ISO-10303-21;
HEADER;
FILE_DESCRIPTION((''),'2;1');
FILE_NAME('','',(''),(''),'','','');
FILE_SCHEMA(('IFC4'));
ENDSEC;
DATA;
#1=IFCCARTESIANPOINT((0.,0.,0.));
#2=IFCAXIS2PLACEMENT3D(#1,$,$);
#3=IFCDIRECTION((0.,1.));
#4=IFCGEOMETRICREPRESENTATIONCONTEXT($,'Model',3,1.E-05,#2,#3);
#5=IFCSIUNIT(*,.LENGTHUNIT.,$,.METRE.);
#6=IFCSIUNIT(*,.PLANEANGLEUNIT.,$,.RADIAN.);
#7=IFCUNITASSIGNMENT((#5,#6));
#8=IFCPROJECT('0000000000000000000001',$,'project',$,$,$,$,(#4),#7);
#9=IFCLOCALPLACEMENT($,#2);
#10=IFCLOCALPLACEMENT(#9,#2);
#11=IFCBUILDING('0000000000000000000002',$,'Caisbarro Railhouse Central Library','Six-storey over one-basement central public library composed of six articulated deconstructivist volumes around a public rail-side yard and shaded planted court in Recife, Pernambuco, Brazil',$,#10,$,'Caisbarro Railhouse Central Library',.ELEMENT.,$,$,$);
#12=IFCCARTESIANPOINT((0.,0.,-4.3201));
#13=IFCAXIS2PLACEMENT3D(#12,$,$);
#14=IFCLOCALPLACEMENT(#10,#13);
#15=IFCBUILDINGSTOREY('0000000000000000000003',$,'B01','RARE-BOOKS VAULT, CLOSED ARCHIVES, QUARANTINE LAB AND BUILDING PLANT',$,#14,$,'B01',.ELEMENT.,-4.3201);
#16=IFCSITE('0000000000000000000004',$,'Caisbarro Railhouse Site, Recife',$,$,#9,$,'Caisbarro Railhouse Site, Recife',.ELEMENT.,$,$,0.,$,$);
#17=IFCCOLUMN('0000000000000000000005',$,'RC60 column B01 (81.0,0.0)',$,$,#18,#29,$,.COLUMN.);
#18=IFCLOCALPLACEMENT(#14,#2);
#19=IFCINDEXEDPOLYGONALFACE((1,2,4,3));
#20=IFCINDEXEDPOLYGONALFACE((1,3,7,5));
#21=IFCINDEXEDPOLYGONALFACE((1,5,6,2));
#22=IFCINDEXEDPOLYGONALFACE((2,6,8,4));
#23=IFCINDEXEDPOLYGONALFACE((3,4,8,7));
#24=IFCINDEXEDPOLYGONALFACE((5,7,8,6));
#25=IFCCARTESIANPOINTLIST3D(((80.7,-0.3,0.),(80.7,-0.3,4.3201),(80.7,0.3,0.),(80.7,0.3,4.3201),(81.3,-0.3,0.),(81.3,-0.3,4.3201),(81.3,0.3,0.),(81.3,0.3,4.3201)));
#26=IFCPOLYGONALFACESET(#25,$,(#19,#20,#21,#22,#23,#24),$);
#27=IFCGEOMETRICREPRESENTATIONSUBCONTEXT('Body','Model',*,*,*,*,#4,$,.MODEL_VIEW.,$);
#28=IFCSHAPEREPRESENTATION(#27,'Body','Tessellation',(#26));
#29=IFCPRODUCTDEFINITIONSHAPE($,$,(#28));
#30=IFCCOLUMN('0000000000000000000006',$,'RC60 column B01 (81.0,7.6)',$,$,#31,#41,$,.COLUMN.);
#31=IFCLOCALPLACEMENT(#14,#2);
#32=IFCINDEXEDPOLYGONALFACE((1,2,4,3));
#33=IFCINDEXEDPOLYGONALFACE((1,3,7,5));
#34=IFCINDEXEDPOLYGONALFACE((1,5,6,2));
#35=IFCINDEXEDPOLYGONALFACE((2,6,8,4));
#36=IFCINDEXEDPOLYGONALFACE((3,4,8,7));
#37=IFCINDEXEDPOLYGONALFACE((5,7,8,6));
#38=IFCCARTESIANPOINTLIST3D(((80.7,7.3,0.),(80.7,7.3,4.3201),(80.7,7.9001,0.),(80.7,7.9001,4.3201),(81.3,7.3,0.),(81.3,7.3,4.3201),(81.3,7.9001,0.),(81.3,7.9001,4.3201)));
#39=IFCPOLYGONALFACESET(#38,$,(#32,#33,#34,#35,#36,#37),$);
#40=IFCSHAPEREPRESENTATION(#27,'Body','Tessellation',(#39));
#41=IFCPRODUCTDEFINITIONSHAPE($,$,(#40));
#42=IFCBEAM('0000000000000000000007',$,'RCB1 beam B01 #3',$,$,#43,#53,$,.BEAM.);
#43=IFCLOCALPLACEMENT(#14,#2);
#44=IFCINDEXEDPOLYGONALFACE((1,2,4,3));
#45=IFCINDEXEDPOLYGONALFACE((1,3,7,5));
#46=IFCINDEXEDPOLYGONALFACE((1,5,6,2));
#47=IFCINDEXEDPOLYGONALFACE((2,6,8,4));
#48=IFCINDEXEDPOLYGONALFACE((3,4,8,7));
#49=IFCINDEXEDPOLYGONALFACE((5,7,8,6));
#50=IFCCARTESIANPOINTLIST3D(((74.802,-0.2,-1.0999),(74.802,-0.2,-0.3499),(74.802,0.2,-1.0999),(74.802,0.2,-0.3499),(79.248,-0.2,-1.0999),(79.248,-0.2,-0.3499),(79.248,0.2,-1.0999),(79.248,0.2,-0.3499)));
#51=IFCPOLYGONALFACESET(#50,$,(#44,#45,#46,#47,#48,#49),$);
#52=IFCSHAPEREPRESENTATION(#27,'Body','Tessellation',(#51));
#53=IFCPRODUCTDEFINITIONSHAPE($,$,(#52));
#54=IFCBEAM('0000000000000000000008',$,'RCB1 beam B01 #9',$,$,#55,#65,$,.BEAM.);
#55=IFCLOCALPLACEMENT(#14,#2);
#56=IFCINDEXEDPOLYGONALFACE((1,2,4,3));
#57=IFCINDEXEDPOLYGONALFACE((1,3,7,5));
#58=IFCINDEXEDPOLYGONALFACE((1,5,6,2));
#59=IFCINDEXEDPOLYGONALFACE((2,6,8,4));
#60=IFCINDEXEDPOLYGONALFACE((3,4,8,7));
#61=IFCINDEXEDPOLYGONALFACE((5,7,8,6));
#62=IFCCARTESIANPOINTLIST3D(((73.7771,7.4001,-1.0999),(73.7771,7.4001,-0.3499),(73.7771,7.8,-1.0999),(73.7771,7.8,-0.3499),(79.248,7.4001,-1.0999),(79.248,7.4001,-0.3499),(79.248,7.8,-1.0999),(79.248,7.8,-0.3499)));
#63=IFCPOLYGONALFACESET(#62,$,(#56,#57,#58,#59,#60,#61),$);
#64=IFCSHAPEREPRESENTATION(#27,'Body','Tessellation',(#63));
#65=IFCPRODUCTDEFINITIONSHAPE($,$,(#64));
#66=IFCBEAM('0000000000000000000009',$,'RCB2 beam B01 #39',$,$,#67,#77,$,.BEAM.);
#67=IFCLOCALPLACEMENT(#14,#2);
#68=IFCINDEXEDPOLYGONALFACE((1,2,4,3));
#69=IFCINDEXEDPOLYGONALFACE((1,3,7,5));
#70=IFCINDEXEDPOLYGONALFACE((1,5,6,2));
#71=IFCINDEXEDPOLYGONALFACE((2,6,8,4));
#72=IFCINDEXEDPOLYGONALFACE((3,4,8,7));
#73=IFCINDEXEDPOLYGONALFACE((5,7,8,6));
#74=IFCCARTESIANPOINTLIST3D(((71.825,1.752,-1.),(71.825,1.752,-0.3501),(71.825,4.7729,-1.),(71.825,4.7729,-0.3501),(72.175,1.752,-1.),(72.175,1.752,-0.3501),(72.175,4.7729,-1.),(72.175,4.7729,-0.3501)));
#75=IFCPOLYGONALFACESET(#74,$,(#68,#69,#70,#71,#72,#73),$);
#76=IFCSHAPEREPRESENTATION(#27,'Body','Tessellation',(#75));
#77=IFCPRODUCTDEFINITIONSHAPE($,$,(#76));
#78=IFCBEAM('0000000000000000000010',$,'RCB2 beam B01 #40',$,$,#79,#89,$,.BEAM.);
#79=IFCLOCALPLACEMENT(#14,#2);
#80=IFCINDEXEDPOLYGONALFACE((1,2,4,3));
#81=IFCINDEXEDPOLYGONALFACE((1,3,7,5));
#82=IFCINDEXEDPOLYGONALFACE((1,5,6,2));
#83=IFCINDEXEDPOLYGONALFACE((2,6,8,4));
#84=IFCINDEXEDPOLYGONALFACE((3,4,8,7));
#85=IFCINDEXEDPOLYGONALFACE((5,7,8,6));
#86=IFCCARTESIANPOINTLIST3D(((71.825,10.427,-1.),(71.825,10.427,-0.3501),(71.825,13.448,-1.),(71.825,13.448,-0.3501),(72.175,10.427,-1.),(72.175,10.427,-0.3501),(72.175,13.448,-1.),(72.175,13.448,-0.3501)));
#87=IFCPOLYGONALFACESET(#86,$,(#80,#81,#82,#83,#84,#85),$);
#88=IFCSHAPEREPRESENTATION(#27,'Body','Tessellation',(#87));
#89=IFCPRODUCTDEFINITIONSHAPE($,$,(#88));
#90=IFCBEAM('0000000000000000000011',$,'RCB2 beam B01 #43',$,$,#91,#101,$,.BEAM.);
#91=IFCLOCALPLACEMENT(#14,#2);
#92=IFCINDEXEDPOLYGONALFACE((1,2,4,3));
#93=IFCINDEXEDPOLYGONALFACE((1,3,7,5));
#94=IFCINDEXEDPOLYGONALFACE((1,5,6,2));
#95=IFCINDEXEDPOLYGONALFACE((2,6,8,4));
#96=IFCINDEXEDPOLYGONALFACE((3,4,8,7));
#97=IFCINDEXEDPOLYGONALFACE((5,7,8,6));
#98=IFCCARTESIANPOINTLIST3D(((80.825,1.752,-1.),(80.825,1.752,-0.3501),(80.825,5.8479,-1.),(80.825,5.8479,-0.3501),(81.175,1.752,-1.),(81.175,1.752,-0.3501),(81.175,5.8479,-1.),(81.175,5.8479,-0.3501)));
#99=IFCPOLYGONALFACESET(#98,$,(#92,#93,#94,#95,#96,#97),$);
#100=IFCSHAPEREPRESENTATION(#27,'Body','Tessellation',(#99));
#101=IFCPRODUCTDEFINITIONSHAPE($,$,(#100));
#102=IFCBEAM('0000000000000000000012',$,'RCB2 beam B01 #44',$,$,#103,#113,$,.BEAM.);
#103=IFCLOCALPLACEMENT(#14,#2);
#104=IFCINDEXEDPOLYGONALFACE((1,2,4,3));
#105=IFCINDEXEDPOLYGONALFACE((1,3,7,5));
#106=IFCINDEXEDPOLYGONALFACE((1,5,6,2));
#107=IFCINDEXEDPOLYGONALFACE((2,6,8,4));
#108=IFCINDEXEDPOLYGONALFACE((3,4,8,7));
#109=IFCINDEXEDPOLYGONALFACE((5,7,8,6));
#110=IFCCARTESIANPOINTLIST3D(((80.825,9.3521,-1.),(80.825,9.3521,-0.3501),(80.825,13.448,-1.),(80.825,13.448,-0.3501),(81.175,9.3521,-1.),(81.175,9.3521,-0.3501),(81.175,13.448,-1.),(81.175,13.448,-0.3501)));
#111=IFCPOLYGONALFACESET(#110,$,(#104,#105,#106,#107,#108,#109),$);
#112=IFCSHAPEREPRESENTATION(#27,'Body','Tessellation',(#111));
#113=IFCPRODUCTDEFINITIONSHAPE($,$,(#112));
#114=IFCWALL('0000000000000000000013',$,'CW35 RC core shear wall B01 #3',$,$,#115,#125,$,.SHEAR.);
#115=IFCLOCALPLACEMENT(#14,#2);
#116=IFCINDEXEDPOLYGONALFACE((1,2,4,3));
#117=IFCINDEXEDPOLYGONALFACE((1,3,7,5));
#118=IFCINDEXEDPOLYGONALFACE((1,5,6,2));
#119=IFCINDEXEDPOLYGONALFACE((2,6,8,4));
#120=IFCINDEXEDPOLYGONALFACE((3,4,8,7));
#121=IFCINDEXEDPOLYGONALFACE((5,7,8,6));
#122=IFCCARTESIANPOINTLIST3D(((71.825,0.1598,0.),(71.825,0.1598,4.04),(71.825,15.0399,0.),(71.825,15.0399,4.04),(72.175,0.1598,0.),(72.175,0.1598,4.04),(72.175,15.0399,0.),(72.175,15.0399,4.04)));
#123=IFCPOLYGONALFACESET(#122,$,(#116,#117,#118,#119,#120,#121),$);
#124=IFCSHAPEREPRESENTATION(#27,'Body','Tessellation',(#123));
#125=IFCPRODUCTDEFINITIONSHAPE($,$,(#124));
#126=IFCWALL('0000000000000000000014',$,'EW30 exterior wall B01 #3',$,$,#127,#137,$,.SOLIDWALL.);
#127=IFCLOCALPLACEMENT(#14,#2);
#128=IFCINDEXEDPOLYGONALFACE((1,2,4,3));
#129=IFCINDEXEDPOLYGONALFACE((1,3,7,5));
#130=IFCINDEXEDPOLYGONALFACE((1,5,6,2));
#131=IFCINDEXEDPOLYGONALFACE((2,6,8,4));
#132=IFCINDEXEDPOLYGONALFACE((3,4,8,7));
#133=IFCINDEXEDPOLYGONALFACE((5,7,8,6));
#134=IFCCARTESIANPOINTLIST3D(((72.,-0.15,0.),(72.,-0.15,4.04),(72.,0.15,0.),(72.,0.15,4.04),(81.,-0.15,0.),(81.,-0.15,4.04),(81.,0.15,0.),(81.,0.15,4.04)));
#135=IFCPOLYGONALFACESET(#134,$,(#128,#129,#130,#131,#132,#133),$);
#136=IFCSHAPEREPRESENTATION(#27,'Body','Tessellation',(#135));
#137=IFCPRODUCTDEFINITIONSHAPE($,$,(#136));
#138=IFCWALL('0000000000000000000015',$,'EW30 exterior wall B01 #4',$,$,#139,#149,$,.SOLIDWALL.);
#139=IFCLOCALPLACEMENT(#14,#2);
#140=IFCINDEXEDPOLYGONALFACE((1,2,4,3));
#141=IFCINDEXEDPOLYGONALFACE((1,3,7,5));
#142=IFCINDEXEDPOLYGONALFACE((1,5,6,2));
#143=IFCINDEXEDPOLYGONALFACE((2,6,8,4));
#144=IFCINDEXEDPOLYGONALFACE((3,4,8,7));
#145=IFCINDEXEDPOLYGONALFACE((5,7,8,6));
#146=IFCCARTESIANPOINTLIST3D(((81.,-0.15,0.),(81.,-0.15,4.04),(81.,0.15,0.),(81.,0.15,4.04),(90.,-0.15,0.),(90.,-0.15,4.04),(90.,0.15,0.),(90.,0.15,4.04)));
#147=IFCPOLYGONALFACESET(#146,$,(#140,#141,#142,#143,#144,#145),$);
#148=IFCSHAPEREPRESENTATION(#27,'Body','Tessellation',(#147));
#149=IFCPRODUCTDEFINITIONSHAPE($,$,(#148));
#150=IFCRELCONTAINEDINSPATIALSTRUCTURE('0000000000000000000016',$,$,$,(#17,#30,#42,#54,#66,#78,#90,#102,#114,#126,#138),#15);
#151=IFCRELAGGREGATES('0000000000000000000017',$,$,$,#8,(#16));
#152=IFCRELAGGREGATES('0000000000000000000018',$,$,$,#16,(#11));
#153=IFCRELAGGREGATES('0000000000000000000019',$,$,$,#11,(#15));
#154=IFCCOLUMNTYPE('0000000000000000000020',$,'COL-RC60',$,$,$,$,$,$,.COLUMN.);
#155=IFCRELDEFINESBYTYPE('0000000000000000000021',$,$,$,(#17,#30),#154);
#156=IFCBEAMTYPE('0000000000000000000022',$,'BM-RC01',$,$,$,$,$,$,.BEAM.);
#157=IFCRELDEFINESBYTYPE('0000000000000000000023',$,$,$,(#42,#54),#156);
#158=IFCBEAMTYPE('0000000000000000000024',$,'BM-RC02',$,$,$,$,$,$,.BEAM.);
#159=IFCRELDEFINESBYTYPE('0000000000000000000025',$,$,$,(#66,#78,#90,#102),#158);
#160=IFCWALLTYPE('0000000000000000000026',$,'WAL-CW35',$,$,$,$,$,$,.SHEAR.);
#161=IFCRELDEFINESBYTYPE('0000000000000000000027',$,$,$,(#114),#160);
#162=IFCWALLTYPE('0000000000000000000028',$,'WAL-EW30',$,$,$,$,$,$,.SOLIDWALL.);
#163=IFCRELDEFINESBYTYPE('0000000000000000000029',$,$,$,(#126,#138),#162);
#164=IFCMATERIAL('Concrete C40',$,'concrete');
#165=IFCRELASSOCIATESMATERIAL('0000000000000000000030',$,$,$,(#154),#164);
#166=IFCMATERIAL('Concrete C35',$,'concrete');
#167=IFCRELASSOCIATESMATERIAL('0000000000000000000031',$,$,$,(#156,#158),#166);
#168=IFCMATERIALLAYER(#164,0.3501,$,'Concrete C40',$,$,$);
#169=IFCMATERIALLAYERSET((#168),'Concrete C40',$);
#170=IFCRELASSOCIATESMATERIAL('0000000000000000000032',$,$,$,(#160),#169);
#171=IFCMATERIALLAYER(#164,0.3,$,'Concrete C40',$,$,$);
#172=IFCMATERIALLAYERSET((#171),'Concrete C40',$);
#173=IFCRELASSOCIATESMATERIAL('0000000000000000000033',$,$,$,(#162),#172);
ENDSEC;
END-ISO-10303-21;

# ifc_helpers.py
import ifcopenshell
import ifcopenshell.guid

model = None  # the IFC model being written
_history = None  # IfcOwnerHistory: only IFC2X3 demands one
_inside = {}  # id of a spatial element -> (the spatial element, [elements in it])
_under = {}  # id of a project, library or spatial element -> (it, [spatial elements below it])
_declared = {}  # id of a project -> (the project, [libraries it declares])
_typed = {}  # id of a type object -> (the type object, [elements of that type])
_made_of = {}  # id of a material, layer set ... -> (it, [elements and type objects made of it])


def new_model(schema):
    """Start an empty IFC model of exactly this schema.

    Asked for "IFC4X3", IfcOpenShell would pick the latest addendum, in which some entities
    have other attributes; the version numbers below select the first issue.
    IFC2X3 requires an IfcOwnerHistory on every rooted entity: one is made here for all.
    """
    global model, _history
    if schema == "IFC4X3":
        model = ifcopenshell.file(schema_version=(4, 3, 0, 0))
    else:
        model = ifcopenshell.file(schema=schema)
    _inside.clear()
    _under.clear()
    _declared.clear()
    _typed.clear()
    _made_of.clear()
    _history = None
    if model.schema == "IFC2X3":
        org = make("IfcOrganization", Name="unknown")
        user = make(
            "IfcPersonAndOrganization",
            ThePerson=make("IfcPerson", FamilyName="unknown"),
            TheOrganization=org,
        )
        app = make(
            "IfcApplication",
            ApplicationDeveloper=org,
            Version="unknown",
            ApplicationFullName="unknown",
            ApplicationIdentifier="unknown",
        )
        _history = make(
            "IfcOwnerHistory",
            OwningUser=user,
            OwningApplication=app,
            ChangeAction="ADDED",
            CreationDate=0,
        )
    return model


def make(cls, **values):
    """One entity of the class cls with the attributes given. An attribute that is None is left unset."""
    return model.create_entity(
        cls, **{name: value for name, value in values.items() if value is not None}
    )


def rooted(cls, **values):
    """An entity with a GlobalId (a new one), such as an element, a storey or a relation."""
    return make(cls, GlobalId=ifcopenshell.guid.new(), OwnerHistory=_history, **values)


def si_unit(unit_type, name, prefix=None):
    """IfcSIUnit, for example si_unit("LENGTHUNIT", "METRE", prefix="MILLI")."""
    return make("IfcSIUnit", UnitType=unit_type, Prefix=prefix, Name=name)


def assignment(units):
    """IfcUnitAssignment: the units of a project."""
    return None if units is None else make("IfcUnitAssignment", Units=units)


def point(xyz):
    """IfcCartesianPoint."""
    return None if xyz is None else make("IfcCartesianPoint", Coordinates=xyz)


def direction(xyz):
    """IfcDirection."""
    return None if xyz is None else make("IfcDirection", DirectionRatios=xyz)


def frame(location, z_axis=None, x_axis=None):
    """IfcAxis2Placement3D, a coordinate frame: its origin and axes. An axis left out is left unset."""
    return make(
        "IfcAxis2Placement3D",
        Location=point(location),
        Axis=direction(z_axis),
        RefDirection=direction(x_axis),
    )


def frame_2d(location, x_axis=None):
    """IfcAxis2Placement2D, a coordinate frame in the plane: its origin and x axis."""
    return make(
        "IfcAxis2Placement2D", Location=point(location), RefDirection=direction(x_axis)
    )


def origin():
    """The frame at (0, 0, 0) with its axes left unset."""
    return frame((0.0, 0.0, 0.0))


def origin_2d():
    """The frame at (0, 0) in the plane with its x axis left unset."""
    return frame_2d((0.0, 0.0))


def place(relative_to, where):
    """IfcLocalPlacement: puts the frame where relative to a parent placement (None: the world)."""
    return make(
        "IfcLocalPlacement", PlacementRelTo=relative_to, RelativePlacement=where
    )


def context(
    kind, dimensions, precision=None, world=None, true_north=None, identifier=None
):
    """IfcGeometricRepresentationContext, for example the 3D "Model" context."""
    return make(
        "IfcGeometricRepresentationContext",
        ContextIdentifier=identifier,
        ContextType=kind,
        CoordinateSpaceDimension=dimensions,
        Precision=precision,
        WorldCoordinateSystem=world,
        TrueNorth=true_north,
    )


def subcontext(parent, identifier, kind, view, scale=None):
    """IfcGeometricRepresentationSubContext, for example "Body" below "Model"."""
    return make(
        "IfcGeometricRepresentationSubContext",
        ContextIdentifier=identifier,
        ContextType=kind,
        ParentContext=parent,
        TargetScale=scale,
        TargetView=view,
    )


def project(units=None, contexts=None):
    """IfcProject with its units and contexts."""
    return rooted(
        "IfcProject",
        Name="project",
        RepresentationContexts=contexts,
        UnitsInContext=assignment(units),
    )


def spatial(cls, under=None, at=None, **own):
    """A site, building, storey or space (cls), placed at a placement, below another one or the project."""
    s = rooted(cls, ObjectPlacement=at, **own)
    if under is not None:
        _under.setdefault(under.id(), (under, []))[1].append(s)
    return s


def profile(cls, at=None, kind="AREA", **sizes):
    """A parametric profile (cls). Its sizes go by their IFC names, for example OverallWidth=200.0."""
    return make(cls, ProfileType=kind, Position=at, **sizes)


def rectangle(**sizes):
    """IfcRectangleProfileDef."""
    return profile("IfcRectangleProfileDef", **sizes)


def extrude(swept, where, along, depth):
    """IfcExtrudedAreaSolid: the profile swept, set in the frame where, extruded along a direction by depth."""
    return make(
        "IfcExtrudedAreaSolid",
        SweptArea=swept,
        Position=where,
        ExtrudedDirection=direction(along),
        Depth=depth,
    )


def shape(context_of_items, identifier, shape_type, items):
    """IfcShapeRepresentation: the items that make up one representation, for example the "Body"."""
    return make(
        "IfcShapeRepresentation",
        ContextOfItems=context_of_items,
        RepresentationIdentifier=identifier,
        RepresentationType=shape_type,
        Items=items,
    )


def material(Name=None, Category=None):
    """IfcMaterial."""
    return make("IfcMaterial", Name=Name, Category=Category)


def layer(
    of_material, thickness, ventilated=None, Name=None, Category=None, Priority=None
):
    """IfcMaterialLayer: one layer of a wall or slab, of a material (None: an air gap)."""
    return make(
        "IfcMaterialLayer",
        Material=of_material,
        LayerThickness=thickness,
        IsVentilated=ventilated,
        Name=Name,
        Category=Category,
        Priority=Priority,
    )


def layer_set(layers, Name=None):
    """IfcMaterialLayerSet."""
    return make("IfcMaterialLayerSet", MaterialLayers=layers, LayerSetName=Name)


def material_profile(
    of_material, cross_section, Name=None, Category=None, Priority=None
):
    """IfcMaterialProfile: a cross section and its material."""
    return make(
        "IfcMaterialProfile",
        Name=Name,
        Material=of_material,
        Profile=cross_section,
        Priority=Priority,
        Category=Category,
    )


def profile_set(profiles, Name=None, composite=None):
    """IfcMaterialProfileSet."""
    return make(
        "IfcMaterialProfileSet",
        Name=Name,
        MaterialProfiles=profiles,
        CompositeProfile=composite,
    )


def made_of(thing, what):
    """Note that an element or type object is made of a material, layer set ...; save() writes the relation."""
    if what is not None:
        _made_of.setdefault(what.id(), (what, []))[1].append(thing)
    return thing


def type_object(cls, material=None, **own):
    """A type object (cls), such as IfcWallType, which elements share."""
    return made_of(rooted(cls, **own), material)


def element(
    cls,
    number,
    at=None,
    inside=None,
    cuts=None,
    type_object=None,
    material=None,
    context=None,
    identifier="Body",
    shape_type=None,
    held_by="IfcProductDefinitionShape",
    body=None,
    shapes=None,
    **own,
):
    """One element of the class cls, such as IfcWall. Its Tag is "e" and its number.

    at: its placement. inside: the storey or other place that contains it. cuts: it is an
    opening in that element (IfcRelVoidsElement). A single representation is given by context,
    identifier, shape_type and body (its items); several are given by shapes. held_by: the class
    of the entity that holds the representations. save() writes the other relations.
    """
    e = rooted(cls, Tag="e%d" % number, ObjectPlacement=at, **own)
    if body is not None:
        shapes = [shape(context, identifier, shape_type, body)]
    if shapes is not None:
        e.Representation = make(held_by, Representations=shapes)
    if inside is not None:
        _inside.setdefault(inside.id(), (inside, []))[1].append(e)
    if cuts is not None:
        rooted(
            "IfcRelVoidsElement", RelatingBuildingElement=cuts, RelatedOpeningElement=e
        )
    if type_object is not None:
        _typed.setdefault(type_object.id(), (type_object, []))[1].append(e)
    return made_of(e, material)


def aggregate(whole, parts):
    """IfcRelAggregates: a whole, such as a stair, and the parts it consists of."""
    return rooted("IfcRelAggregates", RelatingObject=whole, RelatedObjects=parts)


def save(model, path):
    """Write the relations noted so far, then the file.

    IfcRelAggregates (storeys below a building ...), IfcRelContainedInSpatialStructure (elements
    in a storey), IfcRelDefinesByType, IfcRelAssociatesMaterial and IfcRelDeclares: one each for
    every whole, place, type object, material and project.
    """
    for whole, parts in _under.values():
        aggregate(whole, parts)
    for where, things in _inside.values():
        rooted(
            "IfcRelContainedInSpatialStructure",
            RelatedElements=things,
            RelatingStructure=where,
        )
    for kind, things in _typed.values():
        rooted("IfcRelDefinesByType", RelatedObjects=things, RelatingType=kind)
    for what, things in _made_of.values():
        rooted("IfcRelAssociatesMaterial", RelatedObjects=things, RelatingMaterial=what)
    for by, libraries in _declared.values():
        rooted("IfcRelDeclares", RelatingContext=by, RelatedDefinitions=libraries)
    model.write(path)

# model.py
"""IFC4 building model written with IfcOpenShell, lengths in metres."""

from ifc_helpers import new_model, si_unit, direction, frame, frame_2d, origin, origin_2d, place, context, subcontext, project, spatial, rectangle, extrude, material, layer, layer_set, material_profile, profile_set, type_object, element, save


model = new_model("IFC4")

# Units and contexts
model_context = context("Model", 3, precision=1e-05, world=origin(), true_north=direction((0.0, 1.0)))
body_context = subcontext(model_context, "Body", "Model", "MODEL_VIEW")
ifc_project = project(units=[si_unit("LENGTHUNIT", "METRE"), si_unit("PLANEANGLEUNIT", "RADIAN")], contexts=[model_context])

# Site, building, storey
site_placement = place(None, origin())
site = spatial("IfcSite", under=ifc_project, at=site_placement, Name="Caisbarro Railhouse Site, Recife", LongName="Caisbarro Railhouse Site, Recife", CompositionType="ELEMENT", RefElevation=0.0)
building_placement = place(site_placement, origin())
building = spatial("IfcBuilding", under=site, at=building_placement, Name="Caisbarro Railhouse Central Library", Description="Six-storey over one-basement central public library composed of six articulated deconstructivist volumes around a public rail-side yard and shaded planted court in Recife, Pernambuco, Brazil", LongName="Caisbarro Railhouse Central Library", CompositionType="ELEMENT")
storey_placement = place(building_placement, frame((0.0, 0.0, -4.3201)))
storey = spatial("IfcBuildingStorey", under=building, at=storey_placement, Name="B01", Description="RARE-BOOKS VAULT, CLOSED ARCHIVES, QUARANTINE LAB AND BUILDING PLANT", LongName="B01", CompositionType="ELEMENT", Elevation=-4.3201)

# Shared definitions
ifc_material_1 = material(Name="Concrete C40", Category="concrete")

# Shared definitions
ifc_material_2 = material(Name="Concrete C35", Category="concrete")

# Columns
ifc_material_profile_1 = material_profile(ifc_material_1, rectangle(XDim=0.6001, YDim=0.6001, at=origin_2d()), Name="RC-COL-600X600")
ifc_profile_set_1 = profile_set([ifc_material_profile_1], Name="Concrete C40")
column_type = type_object("IfcColumnType", Name="COL-RC60", PredefinedType="COLUMN", material=ifc_profile_set_1)
for number, where, z_axis, x_axis, name in (
    (1, (81.0, 0.0, 0.0), (0.0, 0.0, 1.0), (1.0, 0.0, 0.0), "RC60 column B01 (81.0,0.0)"),
    (2, (81.0, 7.6001, 0.0), (0.0, 0.0, 1.0), (1.0, 0.0, 0.0), "RC60 column B01 (81.0,7.6)"),
):
    element("IfcColumn", number, at=place(storey_placement, frame(where, z_axis=z_axis, x_axis=x_axis)), inside=storey, type_object=column_type, Name=name, PredefinedType="COLUMN", context=body_context, shape_type="SweptSolid", body=[
        extrude(rectangle(XDim=0.6001, YDim=0.6001, at=origin_2d()), origin(), (0.0, 0.0, 1.0), 4.3201),
    ])

# Beams
ifc_material_profile_2 = material_profile(ifc_material_2, rectangle(XDim=0.3999, YDim=0.75, at=origin_2d()), Name="RC-BM-400X750")
ifc_profile_set_2 = profile_set([ifc_material_profile_2], Name="Concrete C35")
beam_type_1 = type_object("IfcBeamType", Name="BM-RC01", PredefinedType="BEAM", material=ifc_profile_set_2)
beam_1_placement = place(storey_placement, frame((74.802, 0.0, -0.7249), z_axis=(1.0, 0.0, 0.0), x_axis=(0.0, 1.0, 0.0)))
element("IfcBeam", 3, at=beam_1_placement, inside=storey, type_object=beam_type_1, Name="RCB1 beam B01 #3", PredefinedType="BEAM", context=body_context, shape_type="SweptSolid", body=[
    extrude(rectangle(XDim=0.3999, YDim=0.75, at=origin_2d()), origin(), (0.0, 0.0, 1.0), 4.446),
])
beam_2_placement = place(storey_placement, frame((73.7771, 7.6001, -0.7249), z_axis=(1.0, 0.0, 0.0), x_axis=(0.0, 1.0, 0.0)))
element("IfcBeam", 4, at=beam_2_placement, inside=storey, type_object=beam_type_1, Name="RCB1 beam B01 #9", PredefinedType="BEAM", context=body_context, shape_type="SweptSolid", body=[
    extrude(rectangle(XDim=0.3999, YDim=0.75, at=origin_2d()), origin(), (0.0, 0.0, 1.0), 5.4709),
])
ifc_material_profile_3 = material_profile(ifc_material_2, rectangle(XDim=0.3501, YDim=0.6499, at=origin_2d()), Name="RC-BM-350X650")
ifc_profile_set_3 = profile_set([ifc_material_profile_3], Name="Concrete C35")
beam_type_2 = type_object("IfcBeamType", Name="BM-RC02", PredefinedType="BEAM", material=ifc_profile_set_3)
for number, where, z_axis, x_axis, name in (
    (5, (72.0, 1.752, -0.675), (0.0, 1.0, 0.0), (-1.0, 0.0, 0.0), "RCB2 beam B01 #39"),
    (6, (72.0, 10.427, -0.675), (0.0, 1.0, 0.0), (-1.0, 0.0, 0.0), "RCB2 beam B01 #40"),
):
    element("IfcBeam", number, at=place(storey_placement, frame(where, z_axis=z_axis, x_axis=x_axis)), inside=storey, type_object=beam_type_2, Name=name, PredefinedType="BEAM", context=body_context, shape_type="SweptSolid", body=[
        extrude(rectangle(XDim=0.3501, YDim=0.6499, at=origin_2d()), origin(), (0.0, 0.0, 1.0), 3.021),
    ])
for number, where, z_axis, x_axis, name in (
    (7, (81.0, 1.752, -0.675), (0.0, 1.0, 0.0), (-1.0, 0.0, 0.0), "RCB2 beam B01 #43"),
    (8, (81.0, 9.3521, -0.675), (0.0, 1.0, 0.0), (-1.0, 0.0, 0.0), "RCB2 beam B01 #44"),
):
    element("IfcBeam", number, at=place(storey_placement, frame(where, z_axis=z_axis, x_axis=x_axis)), inside=storey, type_object=beam_type_2, Name=name, PredefinedType="BEAM", context=body_context, shape_type="SweptSolid", body=[
        extrude(rectangle(XDim=0.3501, YDim=0.6499, at=origin_2d()), origin(), (0.0, 0.0, 1.0), 4.0959),
    ])

# Walls
ifc_layer_1 = layer(ifc_material_1, 0.3501, Name="Concrete C40")
ifc_layer_set_1 = layer_set([ifc_layer_1], Name="Concrete C40")
wall_type_1 = type_object("IfcWallType", Name="WAL-CW35", PredefinedType="SHEAR", material=ifc_layer_set_1)
wall_placement = place(storey_placement, frame((72.0, 0.1599, 0.0), z_axis=(0.0, 0.0, 1.0), x_axis=(0.0, 1.0, 0.0)))
element("IfcWall", 9, at=wall_placement, inside=storey, type_object=wall_type_1, Name="CW35 RC core shear wall B01 #3", PredefinedType="SHEAR", context=body_context, shape_type="SweptSolid", body=[
    extrude(rectangle(XDim=14.8801, YDim=0.3501, at=frame_2d((7.4399, 0.0))), origin(), (0.0, 0.0, 1.0), 4.04),
])
ifc_layer_2 = layer(ifc_material_1, 0.3, Name="Concrete C40")
ifc_layer_set_2 = layer_set([ifc_layer_2], Name="Concrete C40")
wall_type_2 = type_object("IfcWallType", Name="WAL-EW30", PredefinedType="SOLIDWALL", material=ifc_layer_set_2)
for number, where, z_axis, x_axis, name in (
    (10, (72.0, 0.0, 0.0), (0.0, 0.0, 1.0), (1.0, 0.0, 0.0), "EW30 exterior wall B01 #3"),
    (11, (81.0, 0.0, 0.0), (0.0, 0.0, 1.0), (1.0, 0.0, 0.0), "EW30 exterior wall B01 #4"),
):
    element("IfcWall", number, at=place(storey_placement, frame(where, z_axis=z_axis, x_axis=x_axis)), inside=storey, type_object=wall_type_2, Name=name, PredefinedType="SOLIDWALL", context=body_context, shape_type="SweptSolid", body=[
        extrude(rectangle(XDim=9.0, YDim=0.3, at=frame_2d((4.5, 0.0))), origin(), (0.0, 0.0, 1.0), 4.04),
    ])

save(model, "model.ifc")
